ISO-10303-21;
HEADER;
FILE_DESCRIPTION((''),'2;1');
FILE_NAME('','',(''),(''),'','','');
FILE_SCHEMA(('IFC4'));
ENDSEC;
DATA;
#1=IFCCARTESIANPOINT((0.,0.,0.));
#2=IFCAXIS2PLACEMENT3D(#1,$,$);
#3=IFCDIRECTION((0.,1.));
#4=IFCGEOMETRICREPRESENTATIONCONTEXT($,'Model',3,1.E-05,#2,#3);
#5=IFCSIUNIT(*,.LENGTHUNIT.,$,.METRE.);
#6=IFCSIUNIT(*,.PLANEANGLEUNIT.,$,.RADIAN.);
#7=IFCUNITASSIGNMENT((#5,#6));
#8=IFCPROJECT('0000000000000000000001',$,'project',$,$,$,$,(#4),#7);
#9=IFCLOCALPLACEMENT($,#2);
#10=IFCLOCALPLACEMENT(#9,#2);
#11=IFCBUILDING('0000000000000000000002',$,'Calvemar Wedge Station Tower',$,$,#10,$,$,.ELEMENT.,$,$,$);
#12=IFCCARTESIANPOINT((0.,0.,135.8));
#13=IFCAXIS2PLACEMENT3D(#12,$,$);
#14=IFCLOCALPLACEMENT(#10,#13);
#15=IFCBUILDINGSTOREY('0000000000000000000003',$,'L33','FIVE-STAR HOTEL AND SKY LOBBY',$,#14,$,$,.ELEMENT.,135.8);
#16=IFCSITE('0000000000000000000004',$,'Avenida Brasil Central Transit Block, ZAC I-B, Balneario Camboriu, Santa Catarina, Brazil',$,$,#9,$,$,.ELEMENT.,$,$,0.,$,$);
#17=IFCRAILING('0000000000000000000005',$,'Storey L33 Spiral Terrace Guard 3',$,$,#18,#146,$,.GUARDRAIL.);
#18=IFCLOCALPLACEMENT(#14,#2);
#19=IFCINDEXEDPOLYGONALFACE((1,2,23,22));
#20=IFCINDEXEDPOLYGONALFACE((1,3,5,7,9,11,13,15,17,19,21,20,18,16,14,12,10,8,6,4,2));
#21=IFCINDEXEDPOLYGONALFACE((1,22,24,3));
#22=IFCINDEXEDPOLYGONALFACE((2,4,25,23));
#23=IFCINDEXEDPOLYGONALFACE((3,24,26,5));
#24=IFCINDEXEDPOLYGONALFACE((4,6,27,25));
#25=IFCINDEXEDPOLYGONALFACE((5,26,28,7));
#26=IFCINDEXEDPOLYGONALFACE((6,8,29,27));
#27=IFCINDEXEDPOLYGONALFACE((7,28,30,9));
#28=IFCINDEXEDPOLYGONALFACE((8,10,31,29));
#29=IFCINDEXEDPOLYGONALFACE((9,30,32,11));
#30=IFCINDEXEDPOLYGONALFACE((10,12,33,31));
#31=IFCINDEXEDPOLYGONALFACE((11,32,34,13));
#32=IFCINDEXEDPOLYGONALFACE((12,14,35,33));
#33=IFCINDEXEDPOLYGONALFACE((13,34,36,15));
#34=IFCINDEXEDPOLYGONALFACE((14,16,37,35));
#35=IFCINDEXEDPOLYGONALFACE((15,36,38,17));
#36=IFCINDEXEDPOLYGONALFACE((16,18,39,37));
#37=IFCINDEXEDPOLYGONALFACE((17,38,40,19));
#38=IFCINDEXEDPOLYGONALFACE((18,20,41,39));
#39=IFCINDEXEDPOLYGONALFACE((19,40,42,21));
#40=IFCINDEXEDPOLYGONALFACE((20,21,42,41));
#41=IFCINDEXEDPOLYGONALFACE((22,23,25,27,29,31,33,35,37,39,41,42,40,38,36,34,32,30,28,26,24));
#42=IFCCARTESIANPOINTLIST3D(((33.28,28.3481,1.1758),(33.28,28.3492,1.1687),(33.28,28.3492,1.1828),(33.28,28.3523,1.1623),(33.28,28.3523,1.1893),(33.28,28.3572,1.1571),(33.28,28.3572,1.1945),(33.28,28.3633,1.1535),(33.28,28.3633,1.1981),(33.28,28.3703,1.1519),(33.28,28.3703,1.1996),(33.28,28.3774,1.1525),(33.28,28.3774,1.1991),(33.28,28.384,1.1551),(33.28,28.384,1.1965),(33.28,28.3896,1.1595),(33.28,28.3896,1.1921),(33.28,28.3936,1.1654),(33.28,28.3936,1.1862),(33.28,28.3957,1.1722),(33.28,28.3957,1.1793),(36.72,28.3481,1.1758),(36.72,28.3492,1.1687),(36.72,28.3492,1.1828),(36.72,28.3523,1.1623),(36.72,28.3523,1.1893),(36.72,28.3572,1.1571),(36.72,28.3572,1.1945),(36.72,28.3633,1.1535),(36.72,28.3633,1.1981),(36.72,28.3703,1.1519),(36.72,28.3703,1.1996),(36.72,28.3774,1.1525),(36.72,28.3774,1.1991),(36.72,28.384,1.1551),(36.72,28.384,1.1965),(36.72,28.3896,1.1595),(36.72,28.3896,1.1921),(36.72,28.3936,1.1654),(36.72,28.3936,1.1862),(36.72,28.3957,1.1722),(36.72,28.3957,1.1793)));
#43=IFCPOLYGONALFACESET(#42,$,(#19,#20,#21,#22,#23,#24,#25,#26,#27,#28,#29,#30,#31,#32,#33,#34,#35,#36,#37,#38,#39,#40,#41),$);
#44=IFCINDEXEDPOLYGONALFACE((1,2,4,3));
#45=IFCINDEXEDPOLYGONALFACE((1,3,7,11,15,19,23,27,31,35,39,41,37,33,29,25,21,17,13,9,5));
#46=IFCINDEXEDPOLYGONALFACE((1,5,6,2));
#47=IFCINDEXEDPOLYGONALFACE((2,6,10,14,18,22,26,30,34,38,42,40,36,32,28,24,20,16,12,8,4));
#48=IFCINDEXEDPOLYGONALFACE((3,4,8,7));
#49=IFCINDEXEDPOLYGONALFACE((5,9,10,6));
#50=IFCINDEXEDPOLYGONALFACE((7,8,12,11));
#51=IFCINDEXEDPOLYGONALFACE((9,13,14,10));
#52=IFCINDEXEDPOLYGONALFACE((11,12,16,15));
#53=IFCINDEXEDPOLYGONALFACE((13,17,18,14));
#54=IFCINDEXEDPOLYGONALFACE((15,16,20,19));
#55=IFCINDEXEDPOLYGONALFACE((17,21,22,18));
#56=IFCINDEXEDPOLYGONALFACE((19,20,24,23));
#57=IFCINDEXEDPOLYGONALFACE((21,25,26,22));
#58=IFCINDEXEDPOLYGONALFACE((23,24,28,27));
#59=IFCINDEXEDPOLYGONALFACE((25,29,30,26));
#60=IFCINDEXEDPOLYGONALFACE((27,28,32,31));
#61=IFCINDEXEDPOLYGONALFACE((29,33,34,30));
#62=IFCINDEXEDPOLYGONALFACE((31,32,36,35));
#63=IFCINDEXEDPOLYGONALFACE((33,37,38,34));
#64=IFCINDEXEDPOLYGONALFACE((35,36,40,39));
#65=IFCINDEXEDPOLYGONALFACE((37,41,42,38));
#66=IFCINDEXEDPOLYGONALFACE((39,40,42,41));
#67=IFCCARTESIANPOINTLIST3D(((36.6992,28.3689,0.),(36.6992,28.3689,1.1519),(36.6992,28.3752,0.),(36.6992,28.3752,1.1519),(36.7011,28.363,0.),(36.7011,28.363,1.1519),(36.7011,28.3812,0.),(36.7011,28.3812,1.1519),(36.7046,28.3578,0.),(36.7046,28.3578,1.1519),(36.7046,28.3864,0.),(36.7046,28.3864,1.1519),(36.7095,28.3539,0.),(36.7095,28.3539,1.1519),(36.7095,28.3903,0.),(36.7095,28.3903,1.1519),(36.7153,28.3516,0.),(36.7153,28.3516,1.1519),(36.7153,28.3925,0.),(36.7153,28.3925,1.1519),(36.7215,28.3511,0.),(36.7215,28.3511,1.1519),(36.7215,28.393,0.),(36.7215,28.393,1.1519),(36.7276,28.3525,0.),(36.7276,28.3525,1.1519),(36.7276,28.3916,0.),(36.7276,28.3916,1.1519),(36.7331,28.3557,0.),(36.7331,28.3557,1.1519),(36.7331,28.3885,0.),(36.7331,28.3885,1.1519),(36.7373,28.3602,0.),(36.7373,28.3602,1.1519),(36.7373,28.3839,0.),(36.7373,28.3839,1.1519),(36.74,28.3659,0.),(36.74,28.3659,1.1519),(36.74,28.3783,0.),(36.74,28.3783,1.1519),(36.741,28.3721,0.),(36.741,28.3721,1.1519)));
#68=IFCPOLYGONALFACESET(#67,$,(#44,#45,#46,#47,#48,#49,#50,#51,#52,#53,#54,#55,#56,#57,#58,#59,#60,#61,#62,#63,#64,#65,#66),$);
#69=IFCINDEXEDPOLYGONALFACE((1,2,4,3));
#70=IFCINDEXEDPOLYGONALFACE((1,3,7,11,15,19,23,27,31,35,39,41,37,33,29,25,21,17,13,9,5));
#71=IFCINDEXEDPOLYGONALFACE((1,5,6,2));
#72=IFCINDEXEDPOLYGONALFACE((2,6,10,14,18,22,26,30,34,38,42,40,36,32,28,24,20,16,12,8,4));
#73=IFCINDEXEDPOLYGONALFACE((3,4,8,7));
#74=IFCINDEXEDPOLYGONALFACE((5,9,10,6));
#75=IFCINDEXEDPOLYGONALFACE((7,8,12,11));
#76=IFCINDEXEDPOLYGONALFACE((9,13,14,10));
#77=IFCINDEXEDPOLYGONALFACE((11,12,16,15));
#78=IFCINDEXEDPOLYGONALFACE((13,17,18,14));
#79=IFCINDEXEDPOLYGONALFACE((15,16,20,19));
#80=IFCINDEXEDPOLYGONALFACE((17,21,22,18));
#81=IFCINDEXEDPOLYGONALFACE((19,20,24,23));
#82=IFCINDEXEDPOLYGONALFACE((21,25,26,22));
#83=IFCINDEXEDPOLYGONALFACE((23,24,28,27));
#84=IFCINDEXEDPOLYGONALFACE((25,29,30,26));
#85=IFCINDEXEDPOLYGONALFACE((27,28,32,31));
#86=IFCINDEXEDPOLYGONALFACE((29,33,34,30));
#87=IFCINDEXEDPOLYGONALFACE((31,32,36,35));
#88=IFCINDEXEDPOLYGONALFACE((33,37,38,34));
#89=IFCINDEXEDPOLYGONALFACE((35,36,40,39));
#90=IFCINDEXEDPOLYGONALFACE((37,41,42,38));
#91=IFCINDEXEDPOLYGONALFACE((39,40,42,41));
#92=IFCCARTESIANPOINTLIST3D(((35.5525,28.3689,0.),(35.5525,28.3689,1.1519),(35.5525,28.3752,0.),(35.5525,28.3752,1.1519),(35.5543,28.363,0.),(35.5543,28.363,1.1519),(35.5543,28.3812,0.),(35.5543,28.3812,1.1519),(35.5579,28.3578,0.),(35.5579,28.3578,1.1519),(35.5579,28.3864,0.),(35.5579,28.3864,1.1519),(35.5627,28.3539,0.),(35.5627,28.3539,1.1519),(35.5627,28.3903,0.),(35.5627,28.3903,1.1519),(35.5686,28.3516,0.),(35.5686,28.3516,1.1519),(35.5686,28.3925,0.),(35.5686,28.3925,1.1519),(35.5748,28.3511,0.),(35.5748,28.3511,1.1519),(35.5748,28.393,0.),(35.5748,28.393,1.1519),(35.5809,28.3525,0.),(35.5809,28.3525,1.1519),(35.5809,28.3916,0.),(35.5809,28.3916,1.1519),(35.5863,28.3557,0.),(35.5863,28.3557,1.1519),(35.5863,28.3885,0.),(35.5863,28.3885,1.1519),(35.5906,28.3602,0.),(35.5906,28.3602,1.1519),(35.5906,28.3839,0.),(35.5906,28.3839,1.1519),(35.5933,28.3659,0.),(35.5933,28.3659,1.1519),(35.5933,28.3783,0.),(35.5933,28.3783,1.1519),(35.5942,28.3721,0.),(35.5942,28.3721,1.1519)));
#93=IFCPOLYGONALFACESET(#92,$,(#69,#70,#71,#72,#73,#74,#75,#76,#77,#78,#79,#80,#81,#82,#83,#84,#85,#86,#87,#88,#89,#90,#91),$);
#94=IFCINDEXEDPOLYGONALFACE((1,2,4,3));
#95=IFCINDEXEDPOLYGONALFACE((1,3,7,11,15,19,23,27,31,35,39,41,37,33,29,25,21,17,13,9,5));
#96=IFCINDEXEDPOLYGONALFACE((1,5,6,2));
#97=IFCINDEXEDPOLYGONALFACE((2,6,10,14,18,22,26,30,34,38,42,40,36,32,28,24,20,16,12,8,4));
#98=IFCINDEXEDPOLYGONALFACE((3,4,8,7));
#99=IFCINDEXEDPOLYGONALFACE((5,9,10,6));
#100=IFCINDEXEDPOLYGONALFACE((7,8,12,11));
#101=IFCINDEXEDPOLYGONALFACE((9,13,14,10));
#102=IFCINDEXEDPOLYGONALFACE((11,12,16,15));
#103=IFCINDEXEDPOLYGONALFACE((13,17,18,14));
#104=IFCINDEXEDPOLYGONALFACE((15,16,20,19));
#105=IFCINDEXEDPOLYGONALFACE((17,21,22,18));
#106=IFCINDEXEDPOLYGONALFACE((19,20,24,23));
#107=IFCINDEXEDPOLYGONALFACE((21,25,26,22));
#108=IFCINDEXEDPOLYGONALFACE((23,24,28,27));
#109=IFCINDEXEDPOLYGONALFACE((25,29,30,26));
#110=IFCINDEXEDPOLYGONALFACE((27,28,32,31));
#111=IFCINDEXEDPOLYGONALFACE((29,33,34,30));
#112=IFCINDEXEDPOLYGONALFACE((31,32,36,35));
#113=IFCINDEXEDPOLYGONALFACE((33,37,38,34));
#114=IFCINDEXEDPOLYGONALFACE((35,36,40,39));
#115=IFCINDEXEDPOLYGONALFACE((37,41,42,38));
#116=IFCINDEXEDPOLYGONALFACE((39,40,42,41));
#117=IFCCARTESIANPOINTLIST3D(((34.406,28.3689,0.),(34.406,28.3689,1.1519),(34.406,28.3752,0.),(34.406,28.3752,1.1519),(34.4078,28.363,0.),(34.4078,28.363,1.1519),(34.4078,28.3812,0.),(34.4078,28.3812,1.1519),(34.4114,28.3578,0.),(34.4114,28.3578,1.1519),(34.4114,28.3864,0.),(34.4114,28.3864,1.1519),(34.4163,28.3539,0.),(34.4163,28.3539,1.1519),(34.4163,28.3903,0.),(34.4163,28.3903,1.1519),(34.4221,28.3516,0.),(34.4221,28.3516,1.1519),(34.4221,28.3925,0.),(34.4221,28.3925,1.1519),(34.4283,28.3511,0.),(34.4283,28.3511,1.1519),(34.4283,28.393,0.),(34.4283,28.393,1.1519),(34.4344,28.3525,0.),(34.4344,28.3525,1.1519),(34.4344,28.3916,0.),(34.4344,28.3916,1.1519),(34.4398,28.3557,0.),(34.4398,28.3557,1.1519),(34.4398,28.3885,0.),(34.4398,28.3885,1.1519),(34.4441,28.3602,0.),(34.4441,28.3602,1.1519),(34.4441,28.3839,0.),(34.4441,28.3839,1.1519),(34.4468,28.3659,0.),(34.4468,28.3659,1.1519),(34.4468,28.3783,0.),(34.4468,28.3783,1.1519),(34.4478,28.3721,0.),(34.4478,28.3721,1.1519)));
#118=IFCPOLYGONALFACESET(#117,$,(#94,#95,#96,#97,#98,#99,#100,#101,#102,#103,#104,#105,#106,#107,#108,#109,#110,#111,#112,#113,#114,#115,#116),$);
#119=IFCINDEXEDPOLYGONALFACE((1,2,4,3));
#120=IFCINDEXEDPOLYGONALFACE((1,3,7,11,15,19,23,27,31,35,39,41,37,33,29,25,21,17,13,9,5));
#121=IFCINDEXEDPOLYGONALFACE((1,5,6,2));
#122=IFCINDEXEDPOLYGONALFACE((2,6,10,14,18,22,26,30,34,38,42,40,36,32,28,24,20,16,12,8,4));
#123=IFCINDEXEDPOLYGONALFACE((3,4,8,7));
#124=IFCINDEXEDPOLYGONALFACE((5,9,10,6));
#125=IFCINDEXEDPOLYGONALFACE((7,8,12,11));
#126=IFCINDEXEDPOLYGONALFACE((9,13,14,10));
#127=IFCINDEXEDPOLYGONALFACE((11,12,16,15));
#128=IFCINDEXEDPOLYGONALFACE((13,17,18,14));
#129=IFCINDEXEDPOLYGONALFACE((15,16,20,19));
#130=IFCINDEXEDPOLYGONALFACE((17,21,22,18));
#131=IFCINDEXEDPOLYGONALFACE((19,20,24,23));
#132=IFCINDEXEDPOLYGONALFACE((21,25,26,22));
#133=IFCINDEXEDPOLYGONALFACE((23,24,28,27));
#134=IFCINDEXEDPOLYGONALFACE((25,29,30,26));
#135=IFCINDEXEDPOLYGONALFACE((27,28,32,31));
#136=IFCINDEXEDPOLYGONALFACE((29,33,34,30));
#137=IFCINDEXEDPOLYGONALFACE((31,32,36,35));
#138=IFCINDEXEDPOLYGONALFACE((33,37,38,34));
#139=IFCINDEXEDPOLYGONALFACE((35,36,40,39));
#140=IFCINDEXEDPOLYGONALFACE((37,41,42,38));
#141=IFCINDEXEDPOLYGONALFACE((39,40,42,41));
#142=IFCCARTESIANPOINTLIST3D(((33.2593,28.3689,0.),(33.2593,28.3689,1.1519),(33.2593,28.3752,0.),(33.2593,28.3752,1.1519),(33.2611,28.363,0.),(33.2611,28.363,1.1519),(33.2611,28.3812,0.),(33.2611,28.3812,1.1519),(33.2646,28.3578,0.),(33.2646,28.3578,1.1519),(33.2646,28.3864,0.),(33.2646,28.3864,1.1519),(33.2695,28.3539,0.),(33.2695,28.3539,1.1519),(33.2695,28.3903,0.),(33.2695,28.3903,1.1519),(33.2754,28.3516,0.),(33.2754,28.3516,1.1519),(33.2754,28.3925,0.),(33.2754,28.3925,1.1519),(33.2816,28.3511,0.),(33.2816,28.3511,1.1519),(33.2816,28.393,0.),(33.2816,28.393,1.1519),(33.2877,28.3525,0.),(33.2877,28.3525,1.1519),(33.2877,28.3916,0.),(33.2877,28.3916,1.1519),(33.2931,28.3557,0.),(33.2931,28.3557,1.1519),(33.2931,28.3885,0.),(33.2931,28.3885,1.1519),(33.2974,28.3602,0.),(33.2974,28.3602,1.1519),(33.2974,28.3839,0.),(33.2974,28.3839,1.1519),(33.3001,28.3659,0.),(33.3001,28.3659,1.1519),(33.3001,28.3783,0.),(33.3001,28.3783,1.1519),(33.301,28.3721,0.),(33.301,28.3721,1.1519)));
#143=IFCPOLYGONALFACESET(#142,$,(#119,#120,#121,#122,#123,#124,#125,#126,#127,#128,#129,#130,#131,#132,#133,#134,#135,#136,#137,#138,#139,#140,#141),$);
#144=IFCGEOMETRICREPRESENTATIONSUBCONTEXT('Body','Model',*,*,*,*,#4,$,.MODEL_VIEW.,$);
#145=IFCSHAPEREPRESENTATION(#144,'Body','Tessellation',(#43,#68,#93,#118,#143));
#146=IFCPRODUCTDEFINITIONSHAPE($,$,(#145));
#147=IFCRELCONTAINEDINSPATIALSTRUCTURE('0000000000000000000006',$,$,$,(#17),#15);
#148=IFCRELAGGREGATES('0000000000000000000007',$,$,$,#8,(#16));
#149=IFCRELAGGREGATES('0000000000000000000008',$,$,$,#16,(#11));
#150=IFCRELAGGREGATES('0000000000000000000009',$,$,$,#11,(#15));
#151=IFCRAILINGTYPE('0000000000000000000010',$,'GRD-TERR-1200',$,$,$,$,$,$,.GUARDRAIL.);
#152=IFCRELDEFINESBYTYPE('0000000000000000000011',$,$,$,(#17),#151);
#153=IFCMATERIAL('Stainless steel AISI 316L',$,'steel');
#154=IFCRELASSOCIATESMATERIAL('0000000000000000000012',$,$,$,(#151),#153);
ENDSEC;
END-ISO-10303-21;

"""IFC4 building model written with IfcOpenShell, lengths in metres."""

from ifc_helpers import new_model, si_unit, direction, frame, origin, origin_2d, place, context, subcontext, project, spatial, circle, extrude, material, type_object, element, save


model = new_model("IFC4")

# Units and contexts
model_context = context("Model", 3, precision=1e-05, world=origin(), true_north=direction((0.0, 1.0)))
body_context = subcontext(model_context, "Body", "Model", "MODEL_VIEW")
ifc_project = project(units=[si_unit("LENGTHUNIT", "METRE"), si_unit("PLANEANGLEUNIT", "RADIAN")], contexts=[model_context])

# Site, building, storey
site_placement = place(None, origin())
site = spatial("IfcSite", under=ifc_project, at=site_placement, Name="Avenida Brasil Central Transit Block, ZAC I-B, Balneario Camboriu, Santa Catarina, Brazil", CompositionType="ELEMENT", RefElevation=0.0)
building_placement = place(site_placement, origin())
building = spatial("IfcBuilding", under=site, at=building_placement, Name="Calvemar Wedge Station Tower", CompositionType="ELEMENT")
storey_placement = place(building_placement, frame((0.0, 0.0, 135.8)))
storey = spatial("IfcBuildingStorey", under=building, at=storey_placement, Name="L33", Description="FIVE-STAR HOTEL AND SKY LOBBY", CompositionType="ELEMENT", Elevation=135.8)

# Railing
ifc_material_1 = material(Name="Stainless steel AISI 316L", Category="steel")
railing_type = type_object("IfcRailingType", Name="GRD-TERR-1200", PredefinedType="GUARDRAIL", material=ifc_material_1)
railing_1_placement = place(storey_placement, frame((36.72, 28.3721, 0.0)))
element("IfcRailing", 1, at=railing_1_placement, inside=storey, type_object=railing_type, Name="Storey L33 Spiral Terrace Guard 3", PredefinedType="GUARDRAIL", context=body_context, shape_type="SweptSolid", body=[
    extrude(circle(Radius=0.0239, at=origin_2d()), frame((0.0, 0.0, 1.1758), z_axis=(-1.0, 0.0, 0.0), x_axis=(0.0, -1.0, 0.0)), (0.0, 0.0, 1.0), 3.4399),
    extrude(circle(Radius=0.021, at=origin_2d()), origin(), (0.0, 0.0, 1.0), 1.1519),
    extrude(circle(Radius=0.021, at=origin_2d()), frame((-1.1467, 0.0, 0.0)), (0.0, 0.0, 1.0), 1.1519),
    extrude(circle(Radius=0.021, at=origin_2d()), frame((-2.2932, 0.0, 0.0)), (0.0, 0.0, 1.0), 1.1519),
    extrude(circle(Radius=0.021, at=origin_2d()), frame((-3.4399, 0.0, 0.0)), (0.0, 0.0, 1.0), 1.1519),
])

save(model, "model.ifc")
